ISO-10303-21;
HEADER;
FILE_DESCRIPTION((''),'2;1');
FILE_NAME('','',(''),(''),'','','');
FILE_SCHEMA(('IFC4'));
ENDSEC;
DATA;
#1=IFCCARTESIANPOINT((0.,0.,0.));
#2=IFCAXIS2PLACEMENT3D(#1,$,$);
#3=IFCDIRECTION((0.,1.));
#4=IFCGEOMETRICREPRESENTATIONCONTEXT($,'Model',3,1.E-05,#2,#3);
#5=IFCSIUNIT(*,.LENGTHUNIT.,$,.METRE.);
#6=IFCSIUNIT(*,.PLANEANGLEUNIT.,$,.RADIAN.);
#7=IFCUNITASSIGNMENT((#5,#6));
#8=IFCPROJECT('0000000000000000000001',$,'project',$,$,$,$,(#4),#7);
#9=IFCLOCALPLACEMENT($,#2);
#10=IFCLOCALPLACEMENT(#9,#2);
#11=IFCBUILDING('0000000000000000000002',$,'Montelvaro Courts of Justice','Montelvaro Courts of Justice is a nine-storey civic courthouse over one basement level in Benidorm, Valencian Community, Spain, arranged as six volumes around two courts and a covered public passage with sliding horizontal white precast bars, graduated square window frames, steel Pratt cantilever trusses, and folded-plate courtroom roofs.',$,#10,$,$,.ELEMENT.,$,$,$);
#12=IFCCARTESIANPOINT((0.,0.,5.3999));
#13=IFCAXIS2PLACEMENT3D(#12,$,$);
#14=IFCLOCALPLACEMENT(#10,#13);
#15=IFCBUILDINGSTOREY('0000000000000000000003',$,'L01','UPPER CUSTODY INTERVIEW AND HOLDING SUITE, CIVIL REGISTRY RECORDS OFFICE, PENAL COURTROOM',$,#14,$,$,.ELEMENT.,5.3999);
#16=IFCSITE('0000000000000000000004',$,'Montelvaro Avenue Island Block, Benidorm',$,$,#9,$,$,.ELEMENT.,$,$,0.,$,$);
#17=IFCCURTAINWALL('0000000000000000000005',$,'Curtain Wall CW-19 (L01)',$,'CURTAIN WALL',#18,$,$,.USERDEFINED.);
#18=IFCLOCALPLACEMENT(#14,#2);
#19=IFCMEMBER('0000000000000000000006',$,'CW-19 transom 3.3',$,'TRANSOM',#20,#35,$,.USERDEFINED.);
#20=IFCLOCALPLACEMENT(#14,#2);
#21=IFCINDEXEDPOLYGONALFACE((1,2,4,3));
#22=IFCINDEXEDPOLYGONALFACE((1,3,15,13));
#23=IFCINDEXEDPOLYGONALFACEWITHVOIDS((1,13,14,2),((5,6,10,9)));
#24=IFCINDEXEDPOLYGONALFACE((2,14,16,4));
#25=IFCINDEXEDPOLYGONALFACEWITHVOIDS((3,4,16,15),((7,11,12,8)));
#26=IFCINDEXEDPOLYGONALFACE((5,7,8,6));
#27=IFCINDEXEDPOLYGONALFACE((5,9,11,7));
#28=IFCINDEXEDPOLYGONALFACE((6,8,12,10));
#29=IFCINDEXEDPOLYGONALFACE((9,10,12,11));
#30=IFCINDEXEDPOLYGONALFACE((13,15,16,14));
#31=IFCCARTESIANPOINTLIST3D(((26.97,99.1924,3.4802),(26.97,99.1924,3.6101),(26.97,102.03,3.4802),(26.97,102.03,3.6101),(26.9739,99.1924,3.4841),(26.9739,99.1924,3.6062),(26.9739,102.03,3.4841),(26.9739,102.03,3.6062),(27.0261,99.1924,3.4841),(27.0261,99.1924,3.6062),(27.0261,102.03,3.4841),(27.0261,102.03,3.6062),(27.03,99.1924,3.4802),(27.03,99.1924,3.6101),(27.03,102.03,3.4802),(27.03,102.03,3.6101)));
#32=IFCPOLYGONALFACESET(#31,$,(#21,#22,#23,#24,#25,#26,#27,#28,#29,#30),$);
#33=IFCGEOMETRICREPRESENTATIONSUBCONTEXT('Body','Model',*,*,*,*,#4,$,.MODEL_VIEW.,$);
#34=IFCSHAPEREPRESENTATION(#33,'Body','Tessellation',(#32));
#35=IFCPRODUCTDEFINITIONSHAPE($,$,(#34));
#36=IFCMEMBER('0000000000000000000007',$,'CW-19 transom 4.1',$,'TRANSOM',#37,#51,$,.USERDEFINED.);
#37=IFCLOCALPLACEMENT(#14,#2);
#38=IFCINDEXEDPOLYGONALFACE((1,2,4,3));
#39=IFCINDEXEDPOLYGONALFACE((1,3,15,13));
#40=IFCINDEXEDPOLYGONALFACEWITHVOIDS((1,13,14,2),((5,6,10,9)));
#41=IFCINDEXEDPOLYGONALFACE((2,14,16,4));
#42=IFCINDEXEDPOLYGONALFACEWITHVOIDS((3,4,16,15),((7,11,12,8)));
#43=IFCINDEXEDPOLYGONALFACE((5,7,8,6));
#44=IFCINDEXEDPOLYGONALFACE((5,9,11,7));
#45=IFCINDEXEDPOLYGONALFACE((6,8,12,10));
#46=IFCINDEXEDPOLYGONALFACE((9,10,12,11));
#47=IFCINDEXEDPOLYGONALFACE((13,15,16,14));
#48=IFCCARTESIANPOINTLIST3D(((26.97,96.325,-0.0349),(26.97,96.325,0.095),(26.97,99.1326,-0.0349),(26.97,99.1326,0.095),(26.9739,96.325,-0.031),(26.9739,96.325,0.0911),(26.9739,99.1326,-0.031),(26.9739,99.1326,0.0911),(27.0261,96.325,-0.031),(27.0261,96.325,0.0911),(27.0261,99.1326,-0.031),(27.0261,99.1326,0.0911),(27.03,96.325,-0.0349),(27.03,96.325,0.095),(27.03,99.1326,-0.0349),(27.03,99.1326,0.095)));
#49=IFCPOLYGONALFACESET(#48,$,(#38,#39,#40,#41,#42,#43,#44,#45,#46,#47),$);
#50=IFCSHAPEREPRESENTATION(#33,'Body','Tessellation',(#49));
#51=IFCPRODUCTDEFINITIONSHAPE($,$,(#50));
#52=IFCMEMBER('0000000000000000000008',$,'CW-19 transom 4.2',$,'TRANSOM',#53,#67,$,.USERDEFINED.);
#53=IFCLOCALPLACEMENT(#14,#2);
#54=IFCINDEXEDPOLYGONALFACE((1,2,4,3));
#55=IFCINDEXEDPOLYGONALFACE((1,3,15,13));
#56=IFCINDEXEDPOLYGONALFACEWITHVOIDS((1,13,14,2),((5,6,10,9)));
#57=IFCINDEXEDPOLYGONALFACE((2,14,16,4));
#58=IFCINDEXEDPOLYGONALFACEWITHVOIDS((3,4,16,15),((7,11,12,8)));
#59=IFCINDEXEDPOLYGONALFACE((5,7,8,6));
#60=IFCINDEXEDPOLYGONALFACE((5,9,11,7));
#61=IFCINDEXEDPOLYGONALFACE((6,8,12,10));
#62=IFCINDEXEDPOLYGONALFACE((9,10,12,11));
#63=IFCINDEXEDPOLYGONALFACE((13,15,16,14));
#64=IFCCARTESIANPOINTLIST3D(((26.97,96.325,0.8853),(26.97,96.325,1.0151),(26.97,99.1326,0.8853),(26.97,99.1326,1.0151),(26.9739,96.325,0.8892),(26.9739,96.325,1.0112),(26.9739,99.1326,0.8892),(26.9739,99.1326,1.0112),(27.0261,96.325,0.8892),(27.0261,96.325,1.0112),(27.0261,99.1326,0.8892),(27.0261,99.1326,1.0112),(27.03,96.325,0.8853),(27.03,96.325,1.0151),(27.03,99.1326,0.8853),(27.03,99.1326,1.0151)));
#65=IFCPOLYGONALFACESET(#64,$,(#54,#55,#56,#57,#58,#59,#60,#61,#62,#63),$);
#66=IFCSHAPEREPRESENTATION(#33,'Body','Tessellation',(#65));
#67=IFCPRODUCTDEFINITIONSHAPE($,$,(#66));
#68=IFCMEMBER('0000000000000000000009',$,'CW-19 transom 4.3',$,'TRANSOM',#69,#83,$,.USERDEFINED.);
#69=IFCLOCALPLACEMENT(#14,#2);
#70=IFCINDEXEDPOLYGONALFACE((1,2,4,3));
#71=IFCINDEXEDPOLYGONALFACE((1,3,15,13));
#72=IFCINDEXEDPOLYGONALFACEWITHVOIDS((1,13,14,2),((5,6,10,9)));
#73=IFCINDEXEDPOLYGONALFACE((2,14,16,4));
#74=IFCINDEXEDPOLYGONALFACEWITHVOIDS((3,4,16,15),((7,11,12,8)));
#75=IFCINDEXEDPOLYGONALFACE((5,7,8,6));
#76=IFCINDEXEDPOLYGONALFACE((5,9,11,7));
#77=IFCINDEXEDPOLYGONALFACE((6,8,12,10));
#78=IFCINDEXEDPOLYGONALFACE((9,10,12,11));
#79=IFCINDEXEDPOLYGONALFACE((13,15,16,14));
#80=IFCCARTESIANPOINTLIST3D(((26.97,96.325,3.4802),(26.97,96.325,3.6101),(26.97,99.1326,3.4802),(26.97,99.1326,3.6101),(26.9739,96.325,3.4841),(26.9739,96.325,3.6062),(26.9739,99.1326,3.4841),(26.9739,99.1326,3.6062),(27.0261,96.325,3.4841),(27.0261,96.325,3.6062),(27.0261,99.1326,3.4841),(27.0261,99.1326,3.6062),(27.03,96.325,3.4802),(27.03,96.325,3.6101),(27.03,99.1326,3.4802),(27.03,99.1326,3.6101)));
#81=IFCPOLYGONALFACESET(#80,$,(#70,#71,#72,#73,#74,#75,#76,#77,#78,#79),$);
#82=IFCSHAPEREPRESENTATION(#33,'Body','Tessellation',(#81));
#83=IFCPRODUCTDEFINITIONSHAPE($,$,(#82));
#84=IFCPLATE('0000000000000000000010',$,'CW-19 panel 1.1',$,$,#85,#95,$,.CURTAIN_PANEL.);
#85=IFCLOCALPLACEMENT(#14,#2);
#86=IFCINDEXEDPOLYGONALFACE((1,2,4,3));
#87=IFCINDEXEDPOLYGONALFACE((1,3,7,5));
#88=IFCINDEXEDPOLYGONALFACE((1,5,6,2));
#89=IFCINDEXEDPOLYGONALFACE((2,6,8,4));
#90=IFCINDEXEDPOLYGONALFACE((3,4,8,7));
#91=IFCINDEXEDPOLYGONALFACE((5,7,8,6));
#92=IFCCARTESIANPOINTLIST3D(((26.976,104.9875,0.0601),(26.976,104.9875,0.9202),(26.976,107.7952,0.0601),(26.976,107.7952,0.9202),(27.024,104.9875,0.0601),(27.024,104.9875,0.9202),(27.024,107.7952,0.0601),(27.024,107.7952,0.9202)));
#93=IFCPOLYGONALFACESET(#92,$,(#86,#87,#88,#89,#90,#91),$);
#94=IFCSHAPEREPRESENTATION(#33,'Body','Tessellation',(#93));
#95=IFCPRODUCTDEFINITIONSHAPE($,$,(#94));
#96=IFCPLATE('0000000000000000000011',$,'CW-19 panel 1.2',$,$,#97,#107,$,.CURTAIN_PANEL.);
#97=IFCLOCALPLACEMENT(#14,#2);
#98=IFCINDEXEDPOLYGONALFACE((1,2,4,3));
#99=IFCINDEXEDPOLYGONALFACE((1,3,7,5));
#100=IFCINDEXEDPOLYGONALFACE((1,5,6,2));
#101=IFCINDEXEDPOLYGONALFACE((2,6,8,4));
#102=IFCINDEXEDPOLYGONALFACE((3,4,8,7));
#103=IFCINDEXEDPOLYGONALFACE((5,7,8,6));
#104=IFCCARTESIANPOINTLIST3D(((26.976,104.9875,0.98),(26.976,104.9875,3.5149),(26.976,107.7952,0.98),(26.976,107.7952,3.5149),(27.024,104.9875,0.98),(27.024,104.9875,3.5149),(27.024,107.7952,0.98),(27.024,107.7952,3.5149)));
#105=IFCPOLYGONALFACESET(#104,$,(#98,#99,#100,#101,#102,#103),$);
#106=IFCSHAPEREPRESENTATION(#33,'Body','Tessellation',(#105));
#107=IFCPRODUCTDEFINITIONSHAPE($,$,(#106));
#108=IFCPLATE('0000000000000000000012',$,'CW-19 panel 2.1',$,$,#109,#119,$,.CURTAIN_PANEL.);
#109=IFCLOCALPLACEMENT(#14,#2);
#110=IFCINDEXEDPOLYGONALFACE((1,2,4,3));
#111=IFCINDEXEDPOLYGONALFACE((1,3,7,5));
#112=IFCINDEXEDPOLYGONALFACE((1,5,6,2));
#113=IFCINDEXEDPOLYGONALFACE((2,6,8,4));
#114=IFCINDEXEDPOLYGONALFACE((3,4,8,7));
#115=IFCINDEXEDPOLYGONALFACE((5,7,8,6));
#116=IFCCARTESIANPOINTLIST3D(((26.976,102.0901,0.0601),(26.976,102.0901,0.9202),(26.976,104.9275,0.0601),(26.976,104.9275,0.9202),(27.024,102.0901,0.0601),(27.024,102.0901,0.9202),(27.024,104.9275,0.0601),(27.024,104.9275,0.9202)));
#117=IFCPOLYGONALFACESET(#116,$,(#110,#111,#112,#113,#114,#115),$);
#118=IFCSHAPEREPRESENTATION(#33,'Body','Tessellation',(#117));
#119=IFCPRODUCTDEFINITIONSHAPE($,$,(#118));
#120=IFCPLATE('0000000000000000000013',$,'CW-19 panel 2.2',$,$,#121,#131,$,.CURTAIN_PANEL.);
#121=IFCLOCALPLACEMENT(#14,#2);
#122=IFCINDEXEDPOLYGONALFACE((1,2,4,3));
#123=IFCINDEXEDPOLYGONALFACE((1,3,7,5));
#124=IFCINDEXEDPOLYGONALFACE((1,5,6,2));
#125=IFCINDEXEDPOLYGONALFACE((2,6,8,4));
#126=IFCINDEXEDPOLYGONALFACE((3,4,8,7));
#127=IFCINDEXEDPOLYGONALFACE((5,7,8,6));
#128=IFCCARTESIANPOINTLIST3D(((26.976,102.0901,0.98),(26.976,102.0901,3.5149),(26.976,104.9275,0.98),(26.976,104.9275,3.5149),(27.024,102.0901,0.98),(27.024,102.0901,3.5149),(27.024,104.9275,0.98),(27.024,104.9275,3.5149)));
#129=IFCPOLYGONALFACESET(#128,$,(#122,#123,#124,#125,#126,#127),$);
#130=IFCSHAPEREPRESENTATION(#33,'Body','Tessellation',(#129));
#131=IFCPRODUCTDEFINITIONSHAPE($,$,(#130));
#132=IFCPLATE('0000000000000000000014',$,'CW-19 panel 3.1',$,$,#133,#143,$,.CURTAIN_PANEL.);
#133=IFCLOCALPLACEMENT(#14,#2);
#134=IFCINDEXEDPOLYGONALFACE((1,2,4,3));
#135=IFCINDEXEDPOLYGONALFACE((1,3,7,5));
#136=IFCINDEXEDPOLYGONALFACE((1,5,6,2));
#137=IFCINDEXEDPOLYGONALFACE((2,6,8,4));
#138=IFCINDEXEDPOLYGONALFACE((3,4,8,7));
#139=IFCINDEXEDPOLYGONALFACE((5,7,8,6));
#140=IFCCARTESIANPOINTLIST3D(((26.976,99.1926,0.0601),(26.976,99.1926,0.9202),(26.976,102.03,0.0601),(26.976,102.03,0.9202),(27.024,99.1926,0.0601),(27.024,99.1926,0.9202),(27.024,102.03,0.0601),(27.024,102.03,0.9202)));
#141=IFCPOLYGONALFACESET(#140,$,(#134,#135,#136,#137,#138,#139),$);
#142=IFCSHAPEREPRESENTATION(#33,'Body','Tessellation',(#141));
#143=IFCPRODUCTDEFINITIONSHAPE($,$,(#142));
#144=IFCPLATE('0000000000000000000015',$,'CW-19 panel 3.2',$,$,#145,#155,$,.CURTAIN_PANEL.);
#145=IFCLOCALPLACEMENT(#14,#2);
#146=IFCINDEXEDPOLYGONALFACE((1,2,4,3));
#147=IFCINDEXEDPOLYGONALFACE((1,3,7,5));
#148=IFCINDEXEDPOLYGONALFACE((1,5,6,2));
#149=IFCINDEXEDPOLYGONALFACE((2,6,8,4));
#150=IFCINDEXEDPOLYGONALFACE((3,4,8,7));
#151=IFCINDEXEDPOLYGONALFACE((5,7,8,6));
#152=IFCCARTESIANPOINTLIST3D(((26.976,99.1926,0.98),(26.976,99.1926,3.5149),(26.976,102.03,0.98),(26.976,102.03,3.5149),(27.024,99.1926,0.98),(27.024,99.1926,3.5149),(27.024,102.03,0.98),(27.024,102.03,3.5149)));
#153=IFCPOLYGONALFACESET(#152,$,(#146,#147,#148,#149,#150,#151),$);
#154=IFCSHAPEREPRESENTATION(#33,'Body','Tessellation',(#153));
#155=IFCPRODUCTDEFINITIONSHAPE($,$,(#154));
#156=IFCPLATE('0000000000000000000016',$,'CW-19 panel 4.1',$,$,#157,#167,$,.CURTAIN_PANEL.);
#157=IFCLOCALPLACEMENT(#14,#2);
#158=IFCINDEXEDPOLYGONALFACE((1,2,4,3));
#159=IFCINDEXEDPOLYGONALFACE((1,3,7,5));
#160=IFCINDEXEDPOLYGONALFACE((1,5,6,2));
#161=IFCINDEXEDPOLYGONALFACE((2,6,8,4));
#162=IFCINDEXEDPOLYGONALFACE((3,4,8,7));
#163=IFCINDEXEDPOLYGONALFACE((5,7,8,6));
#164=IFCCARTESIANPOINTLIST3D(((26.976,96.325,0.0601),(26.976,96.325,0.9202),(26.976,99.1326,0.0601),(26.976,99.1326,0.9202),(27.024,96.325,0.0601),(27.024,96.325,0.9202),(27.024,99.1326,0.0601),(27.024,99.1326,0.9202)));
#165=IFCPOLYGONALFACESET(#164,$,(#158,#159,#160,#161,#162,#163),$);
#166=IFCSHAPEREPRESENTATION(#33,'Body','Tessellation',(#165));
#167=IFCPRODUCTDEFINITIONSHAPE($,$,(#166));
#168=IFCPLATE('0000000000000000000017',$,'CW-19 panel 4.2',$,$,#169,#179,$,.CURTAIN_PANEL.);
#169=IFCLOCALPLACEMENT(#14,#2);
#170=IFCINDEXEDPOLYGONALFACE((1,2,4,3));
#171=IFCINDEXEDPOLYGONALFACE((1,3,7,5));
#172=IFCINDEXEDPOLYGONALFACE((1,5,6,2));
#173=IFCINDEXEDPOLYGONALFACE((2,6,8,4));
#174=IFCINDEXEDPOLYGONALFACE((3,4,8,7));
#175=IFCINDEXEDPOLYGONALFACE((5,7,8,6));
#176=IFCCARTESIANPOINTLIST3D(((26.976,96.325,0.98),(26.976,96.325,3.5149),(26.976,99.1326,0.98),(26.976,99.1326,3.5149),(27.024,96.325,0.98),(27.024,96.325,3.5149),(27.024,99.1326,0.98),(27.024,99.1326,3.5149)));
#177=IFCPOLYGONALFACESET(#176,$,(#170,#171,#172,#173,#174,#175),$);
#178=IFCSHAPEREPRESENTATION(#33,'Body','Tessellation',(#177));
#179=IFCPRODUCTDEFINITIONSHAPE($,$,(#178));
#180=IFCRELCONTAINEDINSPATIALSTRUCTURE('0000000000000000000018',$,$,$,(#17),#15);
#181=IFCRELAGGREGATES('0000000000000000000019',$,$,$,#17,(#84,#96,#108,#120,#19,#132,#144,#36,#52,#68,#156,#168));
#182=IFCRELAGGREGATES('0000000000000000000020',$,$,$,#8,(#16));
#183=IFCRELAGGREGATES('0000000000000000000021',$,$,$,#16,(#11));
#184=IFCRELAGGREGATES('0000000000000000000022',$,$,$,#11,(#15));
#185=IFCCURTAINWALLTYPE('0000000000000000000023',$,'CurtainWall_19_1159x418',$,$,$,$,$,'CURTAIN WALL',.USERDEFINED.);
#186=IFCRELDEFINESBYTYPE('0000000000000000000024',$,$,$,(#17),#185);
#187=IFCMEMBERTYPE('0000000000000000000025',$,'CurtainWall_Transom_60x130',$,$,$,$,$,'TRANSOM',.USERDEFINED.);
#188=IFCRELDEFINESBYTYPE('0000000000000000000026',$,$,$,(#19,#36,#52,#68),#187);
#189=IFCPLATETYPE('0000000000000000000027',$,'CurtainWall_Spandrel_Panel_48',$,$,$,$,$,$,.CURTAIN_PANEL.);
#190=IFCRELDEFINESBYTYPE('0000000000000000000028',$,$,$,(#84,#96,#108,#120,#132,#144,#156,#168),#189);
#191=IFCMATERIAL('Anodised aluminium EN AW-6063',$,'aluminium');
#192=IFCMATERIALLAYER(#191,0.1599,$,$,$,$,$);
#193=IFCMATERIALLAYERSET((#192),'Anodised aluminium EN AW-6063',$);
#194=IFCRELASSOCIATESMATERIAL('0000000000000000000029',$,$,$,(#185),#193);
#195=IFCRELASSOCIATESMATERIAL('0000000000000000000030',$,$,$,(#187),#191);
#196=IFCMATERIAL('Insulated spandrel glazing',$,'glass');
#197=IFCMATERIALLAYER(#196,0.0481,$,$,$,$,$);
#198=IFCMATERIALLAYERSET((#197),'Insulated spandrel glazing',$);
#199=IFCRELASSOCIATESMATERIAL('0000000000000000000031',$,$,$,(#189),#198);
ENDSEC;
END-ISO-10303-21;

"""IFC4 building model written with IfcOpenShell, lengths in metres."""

from ifc_helpers import new_model, si_unit, direction, frame, origin, origin_2d, place, context, subcontext, project, spatial, rectangle, hollow_rectangle, extrude, material, layer, layer_set, material_profile, profile_set, type_object, element, aggregate, save


model = new_model("IFC4")

# Units and contexts
model_context = context("Model", 3, precision=1e-05, world=origin(), true_north=direction((0.0, 1.0)))
body_context = subcontext(model_context, "Body", "Model", "MODEL_VIEW")
ifc_project = project(units=[si_unit("LENGTHUNIT", "METRE"), si_unit("PLANEANGLEUNIT", "RADIAN")], contexts=[model_context])

# Site, building, storey
site_placement = place(None, origin())
site = spatial("IfcSite", under=ifc_project, at=site_placement, Name="Montelvaro Avenue Island Block, Benidorm", CompositionType="ELEMENT", RefElevation=0.0)
building_placement = place(site_placement, origin())
building = spatial("IfcBuilding", under=site, at=building_placement, Name="Montelvaro Courts of Justice", Description="Montelvaro Courts of Justice is a nine-storey civic courthouse over one basement level in Benidorm, Valencian Community, Spain, arranged as six volumes around two courts and a covered public passage with sliding horizontal white precast bars, graduated square window frames, steel Pratt cantilever trusses, and folded-plate courtroom roofs.", CompositionType="ELEMENT")
storey_placement = place(building_placement, frame((0.0, 0.0, 5.3999)))
storey = spatial("IfcBuildingStorey", under=building, at=storey_placement, Name="L01", Description="UPPER CUSTODY INTERVIEW AND HOLDING SUITE, CIVIL REGISTRY RECORDS OFFICE, PENAL COURTROOM", CompositionType="ELEMENT", Elevation=5.3999)

# Curtain wall
ifc_material_1 = material(Name="Anodised aluminium EN AW-6063", Category="aluminium")
ifc_layer_1 = layer(ifc_material_1, 0.1599)
ifc_layer_set_1 = layer_set([ifc_layer_1], Name="Anodised aluminium EN AW-6063")
curtain_wall_type_1 = type_object("IfcCurtainWallType", Name="CurtainWall_19_1159x418", ElementType="CURTAIN WALL", PredefinedType="USERDEFINED", material=ifc_layer_set_1)
curtain_wall_1_placement = place(storey_placement, origin())
curtain_wall_1 = element("IfcCurtainWall", 1, at=curtain_wall_1_placement, inside=storey, type_object=curtain_wall_type_1, Name="Curtain Wall CW-19 (L01)", ObjectType="CURTAIN WALL", PredefinedType="USERDEFINED")

# Members
ifc_material_profile_1 = material_profile(ifc_material_1, hollow_rectangle(XDim=0.0601, YDim=0.1299, WallThickness=0.0039, at=origin_2d()), Name="ALU-T 60x130")
ifc_profile_set_1 = profile_set([ifc_material_profile_1], Name="Anodised aluminium EN AW-6063")
member_type_1 = type_object("IfcMemberType", Name="CurtainWall_Transom_60x130", ElementType="TRANSOM", PredefinedType="USERDEFINED", material=ifc_profile_set_1)
member_1_placement = place(storey_placement, frame((27.0, 102.03, 3.5452), z_axis=(0.0, -1.0, 0.0), x_axis=(1.0, 0.0, 0.0)))
member_1 = element("IfcMember", 2, at=member_1_placement, type_object=member_type_1, Name="CW-19 transom 3.3", ObjectType="TRANSOM", PredefinedType="USERDEFINED", context=body_context, shape_type="SweptSolid", body=[
    extrude(hollow_rectangle(XDim=0.0601, YDim=0.1299, WallThickness=0.0039, at=origin_2d()), origin(), (0.0, 0.0, 1.0), 2.8376),
])
member_2_placement = place(storey_placement, frame((27.0, 99.1326, 0.03), z_axis=(0.0, -1.0, 0.0), x_axis=(1.0, 0.0, 0.0)))
member_2 = element("IfcMember", 3, at=member_2_placement, type_object=member_type_1, Name="CW-19 transom 4.1", ObjectType="TRANSOM", PredefinedType="USERDEFINED", context=body_context, shape_type="SweptSolid", body=[
    extrude(hollow_rectangle(XDim=0.0601, YDim=0.1299, WallThickness=0.0039, at=origin_2d()), origin(), (0.0, 0.0, 1.0), 2.8076),
])
member_3_placement = place(storey_placement, frame((27.0, 99.1326, 0.9502), z_axis=(0.0, -1.0, 0.0), x_axis=(1.0, 0.0, 0.0)))
member_3 = element("IfcMember", 4, at=member_3_placement, type_object=member_type_1, Name="CW-19 transom 4.2", ObjectType="TRANSOM", PredefinedType="USERDEFINED", context=body_context, shape_type="SweptSolid", body=[
    extrude(hollow_rectangle(XDim=0.0601, YDim=0.1299, WallThickness=0.0039, at=origin_2d()), origin(), (0.0, 0.0, 1.0), 2.8076),
])
member_4_placement = place(storey_placement, frame((27.0, 99.1326, 3.5452), z_axis=(0.0, -1.0, 0.0), x_axis=(1.0, 0.0, 0.0)))
member_4 = element("IfcMember", 5, at=member_4_placement, type_object=member_type_1, Name="CW-19 transom 4.3", ObjectType="TRANSOM", PredefinedType="USERDEFINED", context=body_context, shape_type="SweptSolid", body=[
    extrude(hollow_rectangle(XDim=0.0601, YDim=0.1299, WallThickness=0.0039, at=origin_2d()), origin(), (0.0, 0.0, 1.0), 2.8076),
])

# Plates
ifc_material_2 = material(Name="Insulated spandrel glazing", Category="glass")
ifc_layer_2 = layer(ifc_material_2, 0.0481)
ifc_layer_set_2 = layer_set([ifc_layer_2], Name="Insulated spandrel glazing")
plate_type = type_object("IfcPlateType", Name="CurtainWall_Spandrel_Panel_48", PredefinedType="CURTAIN_PANEL", material=ifc_layer_set_2)
plate_1_placement = place(storey_placement, frame((27.0, 106.3914, 0.0601), z_axis=(0.0, 0.0, 1.0), x_axis=(0.0, -1.0, 0.0)))
plate_1 = element("IfcPlate", 6, at=plate_1_placement, type_object=plate_type, Name="CW-19 panel 1.1", PredefinedType="CURTAIN_PANEL", context=body_context, shape_type="SweptSolid", body=[
    extrude(rectangle(XDim=2.8076, YDim=0.0481, at=origin_2d()), origin(), (0.0, 0.0, 1.0), 0.8601),
])
plate_2_placement = place(storey_placement, frame((27.0, 106.3914, 0.98), z_axis=(0.0, 0.0, 1.0), x_axis=(0.0, -1.0, 0.0)))
plate_2 = element("IfcPlate", 7, at=plate_2_placement, type_object=plate_type, Name="CW-19 panel 1.2", PredefinedType="CURTAIN_PANEL", context=body_context, shape_type="SweptSolid", body=[
    extrude(rectangle(XDim=2.8076, YDim=0.0481, at=origin_2d()), origin(), (0.0, 0.0, 1.0), 2.5349),
])
plate_3_placement = place(storey_placement, frame((27.0, 103.5088, 0.0601), z_axis=(0.0, 0.0, 1.0), x_axis=(0.0, -1.0, 0.0)))
plate_3 = element("IfcPlate", 8, at=plate_3_placement, type_object=plate_type, Name="CW-19 panel 2.1", PredefinedType="CURTAIN_PANEL", context=body_context, shape_type="SweptSolid", body=[
    extrude(rectangle(XDim=2.8374, YDim=0.0481, at=origin_2d()), origin(), (0.0, 0.0, 1.0), 0.8601),
])
plate_4_placement = place(storey_placement, frame((27.0, 103.5088, 0.98), z_axis=(0.0, 0.0, 1.0), x_axis=(0.0, -1.0, 0.0)))
plate_4 = element("IfcPlate", 9, at=plate_4_placement, type_object=plate_type, Name="CW-19 panel 2.2", PredefinedType="CURTAIN_PANEL", context=body_context, shape_type="SweptSolid", body=[
    extrude(rectangle(XDim=2.8374, YDim=0.0481, at=origin_2d()), origin(), (0.0, 0.0, 1.0), 2.5349),
])
plate_5_placement = place(storey_placement, frame((27.0, 100.6113, 0.0601), z_axis=(0.0, 0.0, 1.0), x_axis=(0.0, -1.0, 0.0)))
plate_5 = element("IfcPlate", 10, at=plate_5_placement, type_object=plate_type, Name="CW-19 panel 3.1", PredefinedType="CURTAIN_PANEL", context=body_context, shape_type="SweptSolid", body=[
    extrude(rectangle(XDim=2.8374, YDim=0.0481, at=origin_2d()), origin(), (0.0, 0.0, 1.0), 0.8601),
])
plate_6_placement = place(storey_placement, frame((27.0, 100.6113, 0.98), z_axis=(0.0, 0.0, 1.0), x_axis=(0.0, -1.0, 0.0)))
plate_6 = element("IfcPlate", 11, at=plate_6_placement, type_object=plate_type, Name="CW-19 panel 3.2", PredefinedType="CURTAIN_PANEL", context=body_context, shape_type="SweptSolid", body=[
    extrude(rectangle(XDim=2.8374, YDim=0.0481, at=origin_2d()), origin(), (0.0, 0.0, 1.0), 2.5349),
])
plate_7_placement = place(storey_placement, frame((27.0, 97.7288, 0.0601), z_axis=(0.0, 0.0, 1.0), x_axis=(0.0, -1.0, 0.0)))
plate_7 = element("IfcPlate", 12, at=plate_7_placement, type_object=plate_type, Name="CW-19 panel 4.1", PredefinedType="CURTAIN_PANEL", context=body_context, shape_type="SweptSolid", body=[
    extrude(rectangle(XDim=2.8076, YDim=0.0481, at=origin_2d()), origin(), (0.0, 0.0, 1.0), 0.8601),
])
plate_8_placement = place(storey_placement, frame((27.0, 97.7288, 0.98), z_axis=(0.0, 0.0, 1.0), x_axis=(0.0, -1.0, 0.0)))
plate_8 = element("IfcPlate", 13, at=plate_8_placement, type_object=plate_type, Name="CW-19 panel 4.2", PredefinedType="CURTAIN_PANEL", context=body_context, shape_type="SweptSolid", body=[
    extrude(rectangle(XDim=2.8076, YDim=0.0481, at=origin_2d()), origin(), (0.0, 0.0, 1.0), 2.5349),
])
aggregate(curtain_wall_1, [plate_1, plate_2, plate_3, plate_4, member_1, plate_5, plate_6, member_2, member_3, member_4, plate_7, plate_8])

save(model, "model.ifc")
